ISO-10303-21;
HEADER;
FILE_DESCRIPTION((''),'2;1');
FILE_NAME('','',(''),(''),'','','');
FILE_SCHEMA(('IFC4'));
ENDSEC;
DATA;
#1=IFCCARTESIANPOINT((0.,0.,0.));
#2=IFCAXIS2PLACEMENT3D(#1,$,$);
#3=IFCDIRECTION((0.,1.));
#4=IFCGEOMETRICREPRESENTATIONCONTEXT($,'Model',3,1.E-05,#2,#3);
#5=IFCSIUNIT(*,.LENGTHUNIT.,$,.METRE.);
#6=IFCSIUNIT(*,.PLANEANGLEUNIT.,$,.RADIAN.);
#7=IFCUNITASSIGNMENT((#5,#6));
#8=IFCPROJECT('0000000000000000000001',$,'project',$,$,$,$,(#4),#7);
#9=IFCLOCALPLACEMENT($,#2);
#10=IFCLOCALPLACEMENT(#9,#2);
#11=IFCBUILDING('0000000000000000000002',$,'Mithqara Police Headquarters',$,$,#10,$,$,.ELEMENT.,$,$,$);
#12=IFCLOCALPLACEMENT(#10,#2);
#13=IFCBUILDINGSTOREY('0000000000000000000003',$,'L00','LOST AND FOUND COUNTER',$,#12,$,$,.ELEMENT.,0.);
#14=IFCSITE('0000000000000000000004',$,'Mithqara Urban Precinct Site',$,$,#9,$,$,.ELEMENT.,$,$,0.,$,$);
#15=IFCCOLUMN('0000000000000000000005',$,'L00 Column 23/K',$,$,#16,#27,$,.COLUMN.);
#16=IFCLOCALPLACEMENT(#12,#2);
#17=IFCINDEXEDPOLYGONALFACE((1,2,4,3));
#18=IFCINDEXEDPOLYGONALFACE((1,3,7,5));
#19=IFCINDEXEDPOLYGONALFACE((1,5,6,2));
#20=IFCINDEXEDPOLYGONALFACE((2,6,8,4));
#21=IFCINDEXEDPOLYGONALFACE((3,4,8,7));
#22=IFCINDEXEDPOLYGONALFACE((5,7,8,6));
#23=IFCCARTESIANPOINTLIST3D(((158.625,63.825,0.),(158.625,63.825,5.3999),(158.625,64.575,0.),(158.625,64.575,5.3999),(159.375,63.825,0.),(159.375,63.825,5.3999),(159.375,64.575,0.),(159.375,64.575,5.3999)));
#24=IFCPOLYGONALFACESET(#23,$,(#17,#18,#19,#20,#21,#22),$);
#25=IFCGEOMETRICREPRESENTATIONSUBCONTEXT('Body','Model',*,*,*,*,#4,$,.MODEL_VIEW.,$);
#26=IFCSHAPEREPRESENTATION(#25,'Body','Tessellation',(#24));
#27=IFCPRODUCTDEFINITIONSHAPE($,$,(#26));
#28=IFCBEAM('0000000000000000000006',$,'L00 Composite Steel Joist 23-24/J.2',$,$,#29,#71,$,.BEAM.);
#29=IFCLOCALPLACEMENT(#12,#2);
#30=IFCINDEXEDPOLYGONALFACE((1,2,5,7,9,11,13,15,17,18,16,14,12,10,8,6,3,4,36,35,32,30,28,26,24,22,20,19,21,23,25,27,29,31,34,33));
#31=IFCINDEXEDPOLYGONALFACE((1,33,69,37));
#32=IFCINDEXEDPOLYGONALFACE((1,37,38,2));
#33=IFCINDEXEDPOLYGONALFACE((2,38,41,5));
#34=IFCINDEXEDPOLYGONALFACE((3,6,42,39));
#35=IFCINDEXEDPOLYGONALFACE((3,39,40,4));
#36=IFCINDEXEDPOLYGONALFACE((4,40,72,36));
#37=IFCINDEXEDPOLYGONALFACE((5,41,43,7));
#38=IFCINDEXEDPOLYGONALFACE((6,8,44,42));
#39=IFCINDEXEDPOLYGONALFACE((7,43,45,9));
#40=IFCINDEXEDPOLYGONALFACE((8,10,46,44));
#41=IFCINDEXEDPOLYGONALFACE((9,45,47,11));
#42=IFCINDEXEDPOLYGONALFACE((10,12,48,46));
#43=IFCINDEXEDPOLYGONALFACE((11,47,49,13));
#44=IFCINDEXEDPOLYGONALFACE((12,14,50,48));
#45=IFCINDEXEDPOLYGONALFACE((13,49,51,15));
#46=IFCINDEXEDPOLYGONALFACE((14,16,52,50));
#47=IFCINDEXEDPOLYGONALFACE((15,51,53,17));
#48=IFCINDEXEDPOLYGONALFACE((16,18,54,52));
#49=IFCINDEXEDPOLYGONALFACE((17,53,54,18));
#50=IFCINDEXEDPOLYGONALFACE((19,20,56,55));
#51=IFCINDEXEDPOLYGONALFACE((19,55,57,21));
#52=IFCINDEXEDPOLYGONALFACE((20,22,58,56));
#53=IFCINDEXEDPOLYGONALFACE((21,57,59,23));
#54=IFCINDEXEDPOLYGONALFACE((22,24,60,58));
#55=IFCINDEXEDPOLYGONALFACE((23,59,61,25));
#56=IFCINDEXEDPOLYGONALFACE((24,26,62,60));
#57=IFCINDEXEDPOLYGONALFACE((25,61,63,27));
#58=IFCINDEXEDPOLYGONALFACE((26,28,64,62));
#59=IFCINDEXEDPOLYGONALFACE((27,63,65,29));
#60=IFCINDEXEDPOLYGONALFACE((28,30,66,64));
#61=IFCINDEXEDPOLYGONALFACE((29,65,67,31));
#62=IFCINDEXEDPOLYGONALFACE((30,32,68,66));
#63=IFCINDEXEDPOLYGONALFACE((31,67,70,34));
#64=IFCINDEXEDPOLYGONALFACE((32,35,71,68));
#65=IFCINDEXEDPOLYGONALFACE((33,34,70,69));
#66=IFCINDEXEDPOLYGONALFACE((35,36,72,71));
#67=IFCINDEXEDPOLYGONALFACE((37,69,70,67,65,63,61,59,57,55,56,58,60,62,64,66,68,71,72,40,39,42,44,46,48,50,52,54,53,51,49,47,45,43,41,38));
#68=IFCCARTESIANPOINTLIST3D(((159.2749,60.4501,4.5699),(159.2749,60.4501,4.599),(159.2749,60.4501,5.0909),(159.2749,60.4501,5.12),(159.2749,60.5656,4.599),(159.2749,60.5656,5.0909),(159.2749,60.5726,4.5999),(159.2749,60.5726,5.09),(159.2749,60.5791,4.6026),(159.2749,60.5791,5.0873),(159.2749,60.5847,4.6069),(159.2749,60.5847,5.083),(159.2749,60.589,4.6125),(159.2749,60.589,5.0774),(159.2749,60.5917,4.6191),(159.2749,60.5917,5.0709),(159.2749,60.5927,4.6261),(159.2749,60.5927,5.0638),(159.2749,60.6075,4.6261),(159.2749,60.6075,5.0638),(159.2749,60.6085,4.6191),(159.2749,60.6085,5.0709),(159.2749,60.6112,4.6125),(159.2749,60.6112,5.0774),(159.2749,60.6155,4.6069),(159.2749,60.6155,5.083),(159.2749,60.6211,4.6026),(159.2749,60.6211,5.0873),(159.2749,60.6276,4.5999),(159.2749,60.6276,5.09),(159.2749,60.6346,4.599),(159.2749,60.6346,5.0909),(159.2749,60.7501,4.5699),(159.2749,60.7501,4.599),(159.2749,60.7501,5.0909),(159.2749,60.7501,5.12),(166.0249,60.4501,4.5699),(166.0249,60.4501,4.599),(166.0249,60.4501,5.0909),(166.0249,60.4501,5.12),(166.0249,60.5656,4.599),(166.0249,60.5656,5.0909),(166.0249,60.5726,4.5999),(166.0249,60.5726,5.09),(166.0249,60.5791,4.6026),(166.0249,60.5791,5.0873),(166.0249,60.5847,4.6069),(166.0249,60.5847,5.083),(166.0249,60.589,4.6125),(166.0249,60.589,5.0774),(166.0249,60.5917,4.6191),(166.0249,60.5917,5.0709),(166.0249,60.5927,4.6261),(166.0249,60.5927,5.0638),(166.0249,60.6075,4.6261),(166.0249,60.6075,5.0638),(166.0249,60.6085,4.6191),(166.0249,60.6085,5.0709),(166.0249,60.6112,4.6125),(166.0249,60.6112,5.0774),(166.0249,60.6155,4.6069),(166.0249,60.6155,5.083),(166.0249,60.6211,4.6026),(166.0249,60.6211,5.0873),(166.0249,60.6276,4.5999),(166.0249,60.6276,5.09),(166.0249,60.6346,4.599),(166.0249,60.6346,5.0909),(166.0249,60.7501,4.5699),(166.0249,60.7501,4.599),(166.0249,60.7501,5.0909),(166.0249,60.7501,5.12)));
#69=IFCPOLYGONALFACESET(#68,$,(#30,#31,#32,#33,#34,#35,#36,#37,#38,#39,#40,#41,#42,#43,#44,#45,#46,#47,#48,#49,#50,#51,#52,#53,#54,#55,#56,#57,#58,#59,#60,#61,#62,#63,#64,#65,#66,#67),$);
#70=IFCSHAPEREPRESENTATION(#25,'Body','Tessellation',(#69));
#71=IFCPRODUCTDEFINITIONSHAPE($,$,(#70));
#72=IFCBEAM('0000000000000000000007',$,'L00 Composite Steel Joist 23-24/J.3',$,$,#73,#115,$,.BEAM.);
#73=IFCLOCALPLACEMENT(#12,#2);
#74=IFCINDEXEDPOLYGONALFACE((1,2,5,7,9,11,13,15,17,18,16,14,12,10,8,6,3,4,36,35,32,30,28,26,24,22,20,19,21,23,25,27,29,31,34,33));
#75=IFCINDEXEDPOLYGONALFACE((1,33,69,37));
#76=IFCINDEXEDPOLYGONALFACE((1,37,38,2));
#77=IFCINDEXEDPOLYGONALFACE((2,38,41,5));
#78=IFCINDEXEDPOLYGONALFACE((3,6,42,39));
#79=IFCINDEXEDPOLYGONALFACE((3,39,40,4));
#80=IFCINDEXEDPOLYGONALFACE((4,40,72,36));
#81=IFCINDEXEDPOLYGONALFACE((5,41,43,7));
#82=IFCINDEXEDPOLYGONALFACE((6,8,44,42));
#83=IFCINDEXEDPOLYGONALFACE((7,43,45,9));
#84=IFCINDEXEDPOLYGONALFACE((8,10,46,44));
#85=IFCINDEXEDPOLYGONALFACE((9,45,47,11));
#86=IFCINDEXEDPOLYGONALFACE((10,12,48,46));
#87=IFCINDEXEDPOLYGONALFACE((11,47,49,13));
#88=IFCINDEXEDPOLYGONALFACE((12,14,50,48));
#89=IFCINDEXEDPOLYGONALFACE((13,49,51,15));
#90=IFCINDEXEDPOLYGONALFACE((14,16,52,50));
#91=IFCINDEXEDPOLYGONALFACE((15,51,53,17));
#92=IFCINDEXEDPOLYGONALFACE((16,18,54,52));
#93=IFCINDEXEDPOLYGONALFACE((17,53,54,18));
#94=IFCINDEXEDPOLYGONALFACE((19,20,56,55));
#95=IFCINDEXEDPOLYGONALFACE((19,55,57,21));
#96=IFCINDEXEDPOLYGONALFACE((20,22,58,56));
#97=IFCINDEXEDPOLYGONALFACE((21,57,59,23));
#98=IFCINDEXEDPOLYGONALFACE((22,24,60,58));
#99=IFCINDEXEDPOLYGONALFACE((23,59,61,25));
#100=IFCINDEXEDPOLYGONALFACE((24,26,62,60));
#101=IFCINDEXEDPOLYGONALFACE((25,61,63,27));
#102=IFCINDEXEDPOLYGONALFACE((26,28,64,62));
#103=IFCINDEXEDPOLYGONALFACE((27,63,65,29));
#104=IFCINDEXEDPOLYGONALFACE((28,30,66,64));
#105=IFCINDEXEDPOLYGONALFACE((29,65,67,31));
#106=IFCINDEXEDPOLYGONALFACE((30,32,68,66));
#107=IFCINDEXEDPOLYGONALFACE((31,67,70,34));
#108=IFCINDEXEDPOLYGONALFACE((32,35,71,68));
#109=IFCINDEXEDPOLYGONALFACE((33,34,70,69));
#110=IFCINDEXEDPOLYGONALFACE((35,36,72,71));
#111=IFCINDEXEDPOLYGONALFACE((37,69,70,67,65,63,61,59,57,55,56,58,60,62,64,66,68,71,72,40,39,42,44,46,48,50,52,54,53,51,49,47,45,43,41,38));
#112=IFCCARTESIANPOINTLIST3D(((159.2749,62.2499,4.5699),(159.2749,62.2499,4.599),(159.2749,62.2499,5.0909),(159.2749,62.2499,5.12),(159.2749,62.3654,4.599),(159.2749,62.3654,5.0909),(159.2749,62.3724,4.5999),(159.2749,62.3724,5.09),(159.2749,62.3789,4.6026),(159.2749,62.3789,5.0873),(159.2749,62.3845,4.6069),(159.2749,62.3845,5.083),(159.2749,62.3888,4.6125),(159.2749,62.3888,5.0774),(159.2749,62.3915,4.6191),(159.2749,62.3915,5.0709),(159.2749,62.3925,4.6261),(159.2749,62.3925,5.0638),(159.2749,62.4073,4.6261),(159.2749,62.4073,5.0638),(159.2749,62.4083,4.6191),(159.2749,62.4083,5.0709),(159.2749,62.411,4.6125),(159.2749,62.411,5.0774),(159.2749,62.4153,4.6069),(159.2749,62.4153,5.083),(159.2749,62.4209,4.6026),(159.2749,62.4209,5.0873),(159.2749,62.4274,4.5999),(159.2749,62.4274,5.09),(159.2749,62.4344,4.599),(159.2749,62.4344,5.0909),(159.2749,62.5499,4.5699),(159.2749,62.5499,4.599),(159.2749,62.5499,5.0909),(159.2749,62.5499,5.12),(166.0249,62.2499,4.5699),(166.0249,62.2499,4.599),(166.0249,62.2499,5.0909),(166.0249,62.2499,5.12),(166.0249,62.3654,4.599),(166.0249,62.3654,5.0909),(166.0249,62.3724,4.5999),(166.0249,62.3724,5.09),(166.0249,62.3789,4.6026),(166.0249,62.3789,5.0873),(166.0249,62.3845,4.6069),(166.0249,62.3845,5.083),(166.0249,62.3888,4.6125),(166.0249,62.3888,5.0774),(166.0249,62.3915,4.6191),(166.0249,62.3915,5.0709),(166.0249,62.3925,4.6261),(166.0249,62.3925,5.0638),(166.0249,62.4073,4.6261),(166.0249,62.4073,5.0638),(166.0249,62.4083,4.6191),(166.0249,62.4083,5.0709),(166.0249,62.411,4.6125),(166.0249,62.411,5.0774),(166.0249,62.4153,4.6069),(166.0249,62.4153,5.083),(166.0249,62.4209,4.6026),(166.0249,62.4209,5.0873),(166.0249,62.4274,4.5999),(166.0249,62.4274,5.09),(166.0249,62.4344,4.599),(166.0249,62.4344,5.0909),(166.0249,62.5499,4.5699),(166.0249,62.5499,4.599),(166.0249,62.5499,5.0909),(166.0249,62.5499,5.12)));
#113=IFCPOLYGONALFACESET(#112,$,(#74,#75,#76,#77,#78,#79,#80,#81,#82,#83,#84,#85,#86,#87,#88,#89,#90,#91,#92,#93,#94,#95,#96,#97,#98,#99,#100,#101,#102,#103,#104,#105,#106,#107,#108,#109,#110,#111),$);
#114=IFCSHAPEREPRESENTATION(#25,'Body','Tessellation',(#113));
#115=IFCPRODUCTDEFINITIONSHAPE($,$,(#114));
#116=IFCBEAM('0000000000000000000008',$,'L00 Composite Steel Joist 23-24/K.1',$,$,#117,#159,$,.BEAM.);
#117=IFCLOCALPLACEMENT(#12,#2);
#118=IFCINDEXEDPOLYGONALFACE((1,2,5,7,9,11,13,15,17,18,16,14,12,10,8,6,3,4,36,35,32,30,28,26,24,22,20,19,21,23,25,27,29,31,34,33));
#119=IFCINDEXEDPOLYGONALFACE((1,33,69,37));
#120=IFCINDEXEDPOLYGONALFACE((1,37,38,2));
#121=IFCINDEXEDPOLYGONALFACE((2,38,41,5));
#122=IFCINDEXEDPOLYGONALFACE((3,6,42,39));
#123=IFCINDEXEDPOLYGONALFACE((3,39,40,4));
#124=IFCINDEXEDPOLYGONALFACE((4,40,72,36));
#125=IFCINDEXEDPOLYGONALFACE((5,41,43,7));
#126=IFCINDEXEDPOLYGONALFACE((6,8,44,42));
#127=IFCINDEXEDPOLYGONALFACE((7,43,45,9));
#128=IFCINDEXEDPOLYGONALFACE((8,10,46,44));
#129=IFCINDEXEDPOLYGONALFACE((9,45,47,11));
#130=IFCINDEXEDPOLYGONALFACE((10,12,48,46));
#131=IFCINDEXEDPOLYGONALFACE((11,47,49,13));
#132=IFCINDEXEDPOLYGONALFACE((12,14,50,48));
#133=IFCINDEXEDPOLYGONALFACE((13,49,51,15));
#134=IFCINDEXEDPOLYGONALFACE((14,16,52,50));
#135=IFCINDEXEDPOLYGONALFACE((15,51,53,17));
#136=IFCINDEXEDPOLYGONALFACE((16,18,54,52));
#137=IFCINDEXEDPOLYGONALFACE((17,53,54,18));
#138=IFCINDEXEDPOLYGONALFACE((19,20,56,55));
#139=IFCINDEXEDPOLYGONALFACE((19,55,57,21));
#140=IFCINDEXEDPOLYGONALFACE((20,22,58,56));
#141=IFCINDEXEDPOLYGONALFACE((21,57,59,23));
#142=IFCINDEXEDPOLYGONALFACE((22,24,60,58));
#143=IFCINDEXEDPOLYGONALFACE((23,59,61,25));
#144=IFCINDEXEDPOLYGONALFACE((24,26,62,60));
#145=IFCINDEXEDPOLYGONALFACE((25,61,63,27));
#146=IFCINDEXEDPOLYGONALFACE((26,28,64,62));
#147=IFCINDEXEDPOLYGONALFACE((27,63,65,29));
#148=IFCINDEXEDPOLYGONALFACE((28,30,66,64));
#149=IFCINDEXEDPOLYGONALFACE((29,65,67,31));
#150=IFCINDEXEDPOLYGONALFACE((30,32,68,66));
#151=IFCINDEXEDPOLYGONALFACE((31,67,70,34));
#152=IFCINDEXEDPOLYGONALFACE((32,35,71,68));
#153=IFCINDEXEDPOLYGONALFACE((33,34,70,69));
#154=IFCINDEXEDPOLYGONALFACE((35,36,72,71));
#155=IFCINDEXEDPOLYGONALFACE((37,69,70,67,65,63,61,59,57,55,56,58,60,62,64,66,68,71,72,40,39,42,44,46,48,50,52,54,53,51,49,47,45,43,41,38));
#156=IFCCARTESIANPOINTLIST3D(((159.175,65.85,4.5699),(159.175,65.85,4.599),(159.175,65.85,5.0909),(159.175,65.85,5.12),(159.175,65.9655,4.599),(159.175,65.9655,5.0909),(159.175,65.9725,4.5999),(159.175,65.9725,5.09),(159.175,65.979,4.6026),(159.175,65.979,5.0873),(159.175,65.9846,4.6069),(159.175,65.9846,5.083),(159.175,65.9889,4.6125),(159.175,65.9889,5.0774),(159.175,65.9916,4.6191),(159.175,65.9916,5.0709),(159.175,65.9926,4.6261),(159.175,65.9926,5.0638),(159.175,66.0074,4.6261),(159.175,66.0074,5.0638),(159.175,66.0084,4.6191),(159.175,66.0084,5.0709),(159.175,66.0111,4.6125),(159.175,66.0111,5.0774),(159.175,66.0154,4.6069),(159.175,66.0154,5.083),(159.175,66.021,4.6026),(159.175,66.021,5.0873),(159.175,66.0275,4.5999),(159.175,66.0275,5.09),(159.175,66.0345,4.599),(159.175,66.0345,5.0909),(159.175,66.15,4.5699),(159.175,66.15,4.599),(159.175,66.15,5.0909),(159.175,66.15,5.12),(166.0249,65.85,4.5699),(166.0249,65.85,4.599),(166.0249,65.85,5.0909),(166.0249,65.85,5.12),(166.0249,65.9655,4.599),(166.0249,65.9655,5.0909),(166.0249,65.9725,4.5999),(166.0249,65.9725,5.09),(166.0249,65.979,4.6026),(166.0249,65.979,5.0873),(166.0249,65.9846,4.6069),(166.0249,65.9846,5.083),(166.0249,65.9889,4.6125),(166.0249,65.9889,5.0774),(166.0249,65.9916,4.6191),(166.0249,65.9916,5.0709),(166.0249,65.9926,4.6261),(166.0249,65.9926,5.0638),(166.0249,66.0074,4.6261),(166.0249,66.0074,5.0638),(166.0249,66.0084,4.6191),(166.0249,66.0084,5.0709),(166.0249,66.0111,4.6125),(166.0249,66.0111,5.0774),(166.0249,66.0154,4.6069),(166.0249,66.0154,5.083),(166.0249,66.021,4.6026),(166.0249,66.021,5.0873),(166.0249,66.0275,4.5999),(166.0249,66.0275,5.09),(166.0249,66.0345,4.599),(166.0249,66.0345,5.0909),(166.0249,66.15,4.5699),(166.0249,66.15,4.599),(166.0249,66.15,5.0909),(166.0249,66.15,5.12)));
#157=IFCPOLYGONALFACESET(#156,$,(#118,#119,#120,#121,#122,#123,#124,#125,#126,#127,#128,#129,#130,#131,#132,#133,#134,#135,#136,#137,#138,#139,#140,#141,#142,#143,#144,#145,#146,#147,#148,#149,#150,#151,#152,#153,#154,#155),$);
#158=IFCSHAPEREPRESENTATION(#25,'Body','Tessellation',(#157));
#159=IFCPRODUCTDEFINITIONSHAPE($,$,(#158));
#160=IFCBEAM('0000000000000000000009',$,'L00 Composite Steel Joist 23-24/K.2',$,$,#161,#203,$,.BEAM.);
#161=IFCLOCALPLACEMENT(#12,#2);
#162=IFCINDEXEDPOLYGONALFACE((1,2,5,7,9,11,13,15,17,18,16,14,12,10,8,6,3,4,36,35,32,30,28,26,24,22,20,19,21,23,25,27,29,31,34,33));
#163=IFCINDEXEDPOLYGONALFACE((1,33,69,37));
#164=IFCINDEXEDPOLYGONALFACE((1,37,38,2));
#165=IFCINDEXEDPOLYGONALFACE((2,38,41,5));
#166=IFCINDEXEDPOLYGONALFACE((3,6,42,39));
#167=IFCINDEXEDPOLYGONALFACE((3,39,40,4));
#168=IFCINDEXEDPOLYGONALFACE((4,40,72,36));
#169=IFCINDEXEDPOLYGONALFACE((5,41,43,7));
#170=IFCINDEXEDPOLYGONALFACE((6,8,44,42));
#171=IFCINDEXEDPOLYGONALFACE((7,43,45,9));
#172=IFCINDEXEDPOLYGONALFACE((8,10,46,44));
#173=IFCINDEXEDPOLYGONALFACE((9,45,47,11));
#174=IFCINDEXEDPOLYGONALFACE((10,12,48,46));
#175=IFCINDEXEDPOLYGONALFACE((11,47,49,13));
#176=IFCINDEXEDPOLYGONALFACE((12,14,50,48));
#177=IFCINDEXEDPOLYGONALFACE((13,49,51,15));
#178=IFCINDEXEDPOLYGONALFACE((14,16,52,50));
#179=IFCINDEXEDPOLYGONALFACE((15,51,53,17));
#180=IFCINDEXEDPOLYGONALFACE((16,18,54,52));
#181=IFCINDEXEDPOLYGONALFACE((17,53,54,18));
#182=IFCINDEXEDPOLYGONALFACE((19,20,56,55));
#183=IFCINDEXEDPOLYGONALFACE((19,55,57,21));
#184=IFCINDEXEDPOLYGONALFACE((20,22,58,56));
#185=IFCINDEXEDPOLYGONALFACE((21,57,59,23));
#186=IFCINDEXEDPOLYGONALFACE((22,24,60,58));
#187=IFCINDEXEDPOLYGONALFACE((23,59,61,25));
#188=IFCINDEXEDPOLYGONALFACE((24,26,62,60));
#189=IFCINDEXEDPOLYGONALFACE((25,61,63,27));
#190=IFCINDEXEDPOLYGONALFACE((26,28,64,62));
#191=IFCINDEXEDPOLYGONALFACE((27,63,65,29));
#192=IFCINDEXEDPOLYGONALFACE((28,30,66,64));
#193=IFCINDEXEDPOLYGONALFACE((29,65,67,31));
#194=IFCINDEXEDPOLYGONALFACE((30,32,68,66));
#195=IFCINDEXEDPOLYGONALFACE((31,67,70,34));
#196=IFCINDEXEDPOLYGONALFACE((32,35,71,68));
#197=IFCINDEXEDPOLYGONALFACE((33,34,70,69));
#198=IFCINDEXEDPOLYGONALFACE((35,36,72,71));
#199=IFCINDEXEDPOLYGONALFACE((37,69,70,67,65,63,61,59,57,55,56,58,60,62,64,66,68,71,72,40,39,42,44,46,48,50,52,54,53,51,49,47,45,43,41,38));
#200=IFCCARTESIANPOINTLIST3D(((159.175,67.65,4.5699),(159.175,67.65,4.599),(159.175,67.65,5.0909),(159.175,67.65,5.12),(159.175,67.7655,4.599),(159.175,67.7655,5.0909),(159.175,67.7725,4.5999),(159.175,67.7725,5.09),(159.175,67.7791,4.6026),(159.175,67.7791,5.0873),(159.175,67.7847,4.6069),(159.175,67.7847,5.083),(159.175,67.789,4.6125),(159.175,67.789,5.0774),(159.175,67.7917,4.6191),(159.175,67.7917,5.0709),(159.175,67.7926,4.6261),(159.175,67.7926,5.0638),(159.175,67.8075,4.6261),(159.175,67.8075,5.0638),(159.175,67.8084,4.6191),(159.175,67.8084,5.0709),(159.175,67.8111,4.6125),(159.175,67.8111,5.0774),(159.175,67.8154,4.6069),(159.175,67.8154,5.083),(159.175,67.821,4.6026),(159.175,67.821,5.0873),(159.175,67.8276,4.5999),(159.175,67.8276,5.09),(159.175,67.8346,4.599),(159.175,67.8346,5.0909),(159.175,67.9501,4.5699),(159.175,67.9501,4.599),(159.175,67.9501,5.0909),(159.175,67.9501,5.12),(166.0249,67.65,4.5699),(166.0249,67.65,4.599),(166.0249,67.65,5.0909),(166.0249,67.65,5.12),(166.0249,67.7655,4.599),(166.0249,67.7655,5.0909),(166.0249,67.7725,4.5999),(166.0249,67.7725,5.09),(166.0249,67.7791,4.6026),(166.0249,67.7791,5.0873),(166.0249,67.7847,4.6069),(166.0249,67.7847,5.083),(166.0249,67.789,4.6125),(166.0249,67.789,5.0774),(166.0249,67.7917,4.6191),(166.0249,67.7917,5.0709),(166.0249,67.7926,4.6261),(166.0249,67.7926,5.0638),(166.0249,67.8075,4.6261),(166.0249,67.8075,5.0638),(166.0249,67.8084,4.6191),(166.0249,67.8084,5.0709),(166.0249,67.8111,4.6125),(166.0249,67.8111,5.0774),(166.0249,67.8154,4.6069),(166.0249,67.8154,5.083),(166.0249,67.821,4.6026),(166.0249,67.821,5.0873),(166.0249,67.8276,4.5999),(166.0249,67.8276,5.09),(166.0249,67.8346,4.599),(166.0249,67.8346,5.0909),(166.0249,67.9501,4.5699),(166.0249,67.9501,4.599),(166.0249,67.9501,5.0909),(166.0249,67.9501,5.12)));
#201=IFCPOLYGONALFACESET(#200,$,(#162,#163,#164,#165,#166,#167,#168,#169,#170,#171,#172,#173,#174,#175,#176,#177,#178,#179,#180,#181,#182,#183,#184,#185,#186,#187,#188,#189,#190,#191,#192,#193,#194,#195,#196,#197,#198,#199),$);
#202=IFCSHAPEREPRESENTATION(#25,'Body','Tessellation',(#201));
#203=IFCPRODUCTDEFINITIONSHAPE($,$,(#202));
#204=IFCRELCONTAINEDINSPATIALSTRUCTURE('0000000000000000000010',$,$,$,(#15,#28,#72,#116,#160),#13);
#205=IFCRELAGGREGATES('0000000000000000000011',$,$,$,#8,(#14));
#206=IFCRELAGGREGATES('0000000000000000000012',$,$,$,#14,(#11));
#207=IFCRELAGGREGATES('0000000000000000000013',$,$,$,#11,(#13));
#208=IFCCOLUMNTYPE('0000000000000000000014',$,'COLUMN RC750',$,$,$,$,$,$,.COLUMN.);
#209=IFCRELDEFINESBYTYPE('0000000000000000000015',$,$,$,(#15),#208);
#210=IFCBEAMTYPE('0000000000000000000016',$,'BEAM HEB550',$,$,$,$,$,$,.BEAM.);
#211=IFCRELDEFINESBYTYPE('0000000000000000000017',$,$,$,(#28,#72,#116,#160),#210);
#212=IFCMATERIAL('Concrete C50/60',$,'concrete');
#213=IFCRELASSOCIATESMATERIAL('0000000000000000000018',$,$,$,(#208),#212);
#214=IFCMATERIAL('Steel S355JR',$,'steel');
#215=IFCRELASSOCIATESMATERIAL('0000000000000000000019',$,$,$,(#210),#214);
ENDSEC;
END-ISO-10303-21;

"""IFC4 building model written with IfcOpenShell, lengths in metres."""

from ifc_helpers import new_model, si_unit, direction, frame, origin, origin_2d, place, context, subcontext, project, spatial, rectangle, i_section, extrude, material, material_profile, profile_set, type_object, element, save


model = new_model("IFC4")

# Units and contexts
model_context = context("Model", 3, precision=1e-05, world=origin(), true_north=direction((0.0, 1.0)))
body_context = subcontext(model_context, "Body", "Model", "MODEL_VIEW")
ifc_project = project(units=[si_unit("LENGTHUNIT", "METRE"), si_unit("PLANEANGLEUNIT", "RADIAN")], contexts=[model_context])

# Site, building, storey
site_placement = place(None, origin())
site = spatial("IfcSite", under=ifc_project, at=site_placement, Name="Mithqara Urban Precinct Site", CompositionType="ELEMENT", RefElevation=0.0)
building_placement = place(site_placement, origin())
building = spatial("IfcBuilding", under=site, at=building_placement, Name="Mithqara Police Headquarters", CompositionType="ELEMENT")
storey_placement = place(building_placement, origin())
storey = spatial("IfcBuildingStorey", under=building, at=storey_placement, Name="L00", Description="LOST AND FOUND COUNTER", CompositionType="ELEMENT", Elevation=0.0)

# Column
ifc_material_1 = material(Name="Concrete C50/60", Category="concrete")
ifc_material_profile_1 = material_profile(ifc_material_1, rectangle(XDim=0.75, YDim=0.75, at=origin_2d()), Name="RC 750x750")
ifc_profile_set_1 = profile_set([ifc_material_profile_1], Name="Concrete C50/60")
column_type = type_object("IfcColumnType", Name="COLUMN RC750", PredefinedType="COLUMN", material=ifc_profile_set_1)
column_placement = place(storey_placement, frame((159.0, 64.2, 0.0), z_axis=(0.0, 0.0, 1.0), x_axis=(1.0, 0.0, 0.0)))
element("IfcColumn", 1, at=column_placement, inside=storey, type_object=column_type, Name="L00 Column 23/K", PredefinedType="COLUMN", context=body_context, shape_type="SweptSolid", body=[
    extrude(rectangle(XDim=0.75, YDim=0.75, at=origin_2d()), origin(), (0.0, 0.0, 1.0), 5.3999),
])

# Beams
ifc_material_2 = material(Name="Steel S355JR", Category="steel")
ifc_material_profile_2 = material_profile(ifc_material_2, i_section(OverallWidth=0.3, OverallDepth=0.55, WebThickness=0.0149, FlangeThickness=0.0291, FilletRadius=0.0271, at=origin_2d()), Name="HEB 550")
ifc_profile_set_2 = profile_set([ifc_material_profile_2], Name="Steel S355JR")
beam_type_1 = type_object("IfcBeamType", Name="BEAM HEB550", PredefinedType="BEAM", material=ifc_profile_set_2)
for number, where, z_axis, x_axis, name in (
    (2, (159.2749, 60.6001, 4.845), (1.0, 0.0, 0.0), (0.0, 1.0, 0.0), "L00 Composite Steel Joist 23-24/J.2"),
    (3, (159.2749, 62.3999, 4.845), (1.0, 0.0, 0.0), (0.0, 1.0, 0.0), "L00 Composite Steel Joist 23-24/J.3"),
):
    element("IfcBeam", number, at=place(storey_placement, frame(where, z_axis=z_axis, x_axis=x_axis)), inside=storey, type_object=beam_type_1, Name=name, PredefinedType="BEAM", context=body_context, shape_type="SweptSolid", body=[
        extrude(i_section(OverallWidth=0.3, OverallDepth=0.55, WebThickness=0.0149, FlangeThickness=0.0291, FilletRadius=0.0271, at=origin_2d()), origin(), (0.0, 0.0, 1.0), 6.75),
    ])
for number, where, z_axis, x_axis, name in (
    (4, (159.175, 66.0, 4.845), (1.0, 0.0, 0.0), (0.0, 1.0, 0.0), "L00 Composite Steel Joist 23-24/K.1"),
    (5, (159.175, 67.8, 4.845), (1.0, 0.0, 0.0), (0.0, 1.0, 0.0), "L00 Composite Steel Joist 23-24/K.2"),
):
    element("IfcBeam", number, at=place(storey_placement, frame(where, z_axis=z_axis, x_axis=x_axis)), inside=storey, type_object=beam_type_1, Name=name, PredefinedType="BEAM", context=body_context, shape_type="SweptSolid", body=[
        extrude(i_section(OverallWidth=0.3, OverallDepth=0.55, WebThickness=0.0149, FlangeThickness=0.0291, FilletRadius=0.0271, at=origin_2d()), origin(), (0.0, 0.0, 1.0), 6.8499),
    ])

save(model, "model.ifc")
